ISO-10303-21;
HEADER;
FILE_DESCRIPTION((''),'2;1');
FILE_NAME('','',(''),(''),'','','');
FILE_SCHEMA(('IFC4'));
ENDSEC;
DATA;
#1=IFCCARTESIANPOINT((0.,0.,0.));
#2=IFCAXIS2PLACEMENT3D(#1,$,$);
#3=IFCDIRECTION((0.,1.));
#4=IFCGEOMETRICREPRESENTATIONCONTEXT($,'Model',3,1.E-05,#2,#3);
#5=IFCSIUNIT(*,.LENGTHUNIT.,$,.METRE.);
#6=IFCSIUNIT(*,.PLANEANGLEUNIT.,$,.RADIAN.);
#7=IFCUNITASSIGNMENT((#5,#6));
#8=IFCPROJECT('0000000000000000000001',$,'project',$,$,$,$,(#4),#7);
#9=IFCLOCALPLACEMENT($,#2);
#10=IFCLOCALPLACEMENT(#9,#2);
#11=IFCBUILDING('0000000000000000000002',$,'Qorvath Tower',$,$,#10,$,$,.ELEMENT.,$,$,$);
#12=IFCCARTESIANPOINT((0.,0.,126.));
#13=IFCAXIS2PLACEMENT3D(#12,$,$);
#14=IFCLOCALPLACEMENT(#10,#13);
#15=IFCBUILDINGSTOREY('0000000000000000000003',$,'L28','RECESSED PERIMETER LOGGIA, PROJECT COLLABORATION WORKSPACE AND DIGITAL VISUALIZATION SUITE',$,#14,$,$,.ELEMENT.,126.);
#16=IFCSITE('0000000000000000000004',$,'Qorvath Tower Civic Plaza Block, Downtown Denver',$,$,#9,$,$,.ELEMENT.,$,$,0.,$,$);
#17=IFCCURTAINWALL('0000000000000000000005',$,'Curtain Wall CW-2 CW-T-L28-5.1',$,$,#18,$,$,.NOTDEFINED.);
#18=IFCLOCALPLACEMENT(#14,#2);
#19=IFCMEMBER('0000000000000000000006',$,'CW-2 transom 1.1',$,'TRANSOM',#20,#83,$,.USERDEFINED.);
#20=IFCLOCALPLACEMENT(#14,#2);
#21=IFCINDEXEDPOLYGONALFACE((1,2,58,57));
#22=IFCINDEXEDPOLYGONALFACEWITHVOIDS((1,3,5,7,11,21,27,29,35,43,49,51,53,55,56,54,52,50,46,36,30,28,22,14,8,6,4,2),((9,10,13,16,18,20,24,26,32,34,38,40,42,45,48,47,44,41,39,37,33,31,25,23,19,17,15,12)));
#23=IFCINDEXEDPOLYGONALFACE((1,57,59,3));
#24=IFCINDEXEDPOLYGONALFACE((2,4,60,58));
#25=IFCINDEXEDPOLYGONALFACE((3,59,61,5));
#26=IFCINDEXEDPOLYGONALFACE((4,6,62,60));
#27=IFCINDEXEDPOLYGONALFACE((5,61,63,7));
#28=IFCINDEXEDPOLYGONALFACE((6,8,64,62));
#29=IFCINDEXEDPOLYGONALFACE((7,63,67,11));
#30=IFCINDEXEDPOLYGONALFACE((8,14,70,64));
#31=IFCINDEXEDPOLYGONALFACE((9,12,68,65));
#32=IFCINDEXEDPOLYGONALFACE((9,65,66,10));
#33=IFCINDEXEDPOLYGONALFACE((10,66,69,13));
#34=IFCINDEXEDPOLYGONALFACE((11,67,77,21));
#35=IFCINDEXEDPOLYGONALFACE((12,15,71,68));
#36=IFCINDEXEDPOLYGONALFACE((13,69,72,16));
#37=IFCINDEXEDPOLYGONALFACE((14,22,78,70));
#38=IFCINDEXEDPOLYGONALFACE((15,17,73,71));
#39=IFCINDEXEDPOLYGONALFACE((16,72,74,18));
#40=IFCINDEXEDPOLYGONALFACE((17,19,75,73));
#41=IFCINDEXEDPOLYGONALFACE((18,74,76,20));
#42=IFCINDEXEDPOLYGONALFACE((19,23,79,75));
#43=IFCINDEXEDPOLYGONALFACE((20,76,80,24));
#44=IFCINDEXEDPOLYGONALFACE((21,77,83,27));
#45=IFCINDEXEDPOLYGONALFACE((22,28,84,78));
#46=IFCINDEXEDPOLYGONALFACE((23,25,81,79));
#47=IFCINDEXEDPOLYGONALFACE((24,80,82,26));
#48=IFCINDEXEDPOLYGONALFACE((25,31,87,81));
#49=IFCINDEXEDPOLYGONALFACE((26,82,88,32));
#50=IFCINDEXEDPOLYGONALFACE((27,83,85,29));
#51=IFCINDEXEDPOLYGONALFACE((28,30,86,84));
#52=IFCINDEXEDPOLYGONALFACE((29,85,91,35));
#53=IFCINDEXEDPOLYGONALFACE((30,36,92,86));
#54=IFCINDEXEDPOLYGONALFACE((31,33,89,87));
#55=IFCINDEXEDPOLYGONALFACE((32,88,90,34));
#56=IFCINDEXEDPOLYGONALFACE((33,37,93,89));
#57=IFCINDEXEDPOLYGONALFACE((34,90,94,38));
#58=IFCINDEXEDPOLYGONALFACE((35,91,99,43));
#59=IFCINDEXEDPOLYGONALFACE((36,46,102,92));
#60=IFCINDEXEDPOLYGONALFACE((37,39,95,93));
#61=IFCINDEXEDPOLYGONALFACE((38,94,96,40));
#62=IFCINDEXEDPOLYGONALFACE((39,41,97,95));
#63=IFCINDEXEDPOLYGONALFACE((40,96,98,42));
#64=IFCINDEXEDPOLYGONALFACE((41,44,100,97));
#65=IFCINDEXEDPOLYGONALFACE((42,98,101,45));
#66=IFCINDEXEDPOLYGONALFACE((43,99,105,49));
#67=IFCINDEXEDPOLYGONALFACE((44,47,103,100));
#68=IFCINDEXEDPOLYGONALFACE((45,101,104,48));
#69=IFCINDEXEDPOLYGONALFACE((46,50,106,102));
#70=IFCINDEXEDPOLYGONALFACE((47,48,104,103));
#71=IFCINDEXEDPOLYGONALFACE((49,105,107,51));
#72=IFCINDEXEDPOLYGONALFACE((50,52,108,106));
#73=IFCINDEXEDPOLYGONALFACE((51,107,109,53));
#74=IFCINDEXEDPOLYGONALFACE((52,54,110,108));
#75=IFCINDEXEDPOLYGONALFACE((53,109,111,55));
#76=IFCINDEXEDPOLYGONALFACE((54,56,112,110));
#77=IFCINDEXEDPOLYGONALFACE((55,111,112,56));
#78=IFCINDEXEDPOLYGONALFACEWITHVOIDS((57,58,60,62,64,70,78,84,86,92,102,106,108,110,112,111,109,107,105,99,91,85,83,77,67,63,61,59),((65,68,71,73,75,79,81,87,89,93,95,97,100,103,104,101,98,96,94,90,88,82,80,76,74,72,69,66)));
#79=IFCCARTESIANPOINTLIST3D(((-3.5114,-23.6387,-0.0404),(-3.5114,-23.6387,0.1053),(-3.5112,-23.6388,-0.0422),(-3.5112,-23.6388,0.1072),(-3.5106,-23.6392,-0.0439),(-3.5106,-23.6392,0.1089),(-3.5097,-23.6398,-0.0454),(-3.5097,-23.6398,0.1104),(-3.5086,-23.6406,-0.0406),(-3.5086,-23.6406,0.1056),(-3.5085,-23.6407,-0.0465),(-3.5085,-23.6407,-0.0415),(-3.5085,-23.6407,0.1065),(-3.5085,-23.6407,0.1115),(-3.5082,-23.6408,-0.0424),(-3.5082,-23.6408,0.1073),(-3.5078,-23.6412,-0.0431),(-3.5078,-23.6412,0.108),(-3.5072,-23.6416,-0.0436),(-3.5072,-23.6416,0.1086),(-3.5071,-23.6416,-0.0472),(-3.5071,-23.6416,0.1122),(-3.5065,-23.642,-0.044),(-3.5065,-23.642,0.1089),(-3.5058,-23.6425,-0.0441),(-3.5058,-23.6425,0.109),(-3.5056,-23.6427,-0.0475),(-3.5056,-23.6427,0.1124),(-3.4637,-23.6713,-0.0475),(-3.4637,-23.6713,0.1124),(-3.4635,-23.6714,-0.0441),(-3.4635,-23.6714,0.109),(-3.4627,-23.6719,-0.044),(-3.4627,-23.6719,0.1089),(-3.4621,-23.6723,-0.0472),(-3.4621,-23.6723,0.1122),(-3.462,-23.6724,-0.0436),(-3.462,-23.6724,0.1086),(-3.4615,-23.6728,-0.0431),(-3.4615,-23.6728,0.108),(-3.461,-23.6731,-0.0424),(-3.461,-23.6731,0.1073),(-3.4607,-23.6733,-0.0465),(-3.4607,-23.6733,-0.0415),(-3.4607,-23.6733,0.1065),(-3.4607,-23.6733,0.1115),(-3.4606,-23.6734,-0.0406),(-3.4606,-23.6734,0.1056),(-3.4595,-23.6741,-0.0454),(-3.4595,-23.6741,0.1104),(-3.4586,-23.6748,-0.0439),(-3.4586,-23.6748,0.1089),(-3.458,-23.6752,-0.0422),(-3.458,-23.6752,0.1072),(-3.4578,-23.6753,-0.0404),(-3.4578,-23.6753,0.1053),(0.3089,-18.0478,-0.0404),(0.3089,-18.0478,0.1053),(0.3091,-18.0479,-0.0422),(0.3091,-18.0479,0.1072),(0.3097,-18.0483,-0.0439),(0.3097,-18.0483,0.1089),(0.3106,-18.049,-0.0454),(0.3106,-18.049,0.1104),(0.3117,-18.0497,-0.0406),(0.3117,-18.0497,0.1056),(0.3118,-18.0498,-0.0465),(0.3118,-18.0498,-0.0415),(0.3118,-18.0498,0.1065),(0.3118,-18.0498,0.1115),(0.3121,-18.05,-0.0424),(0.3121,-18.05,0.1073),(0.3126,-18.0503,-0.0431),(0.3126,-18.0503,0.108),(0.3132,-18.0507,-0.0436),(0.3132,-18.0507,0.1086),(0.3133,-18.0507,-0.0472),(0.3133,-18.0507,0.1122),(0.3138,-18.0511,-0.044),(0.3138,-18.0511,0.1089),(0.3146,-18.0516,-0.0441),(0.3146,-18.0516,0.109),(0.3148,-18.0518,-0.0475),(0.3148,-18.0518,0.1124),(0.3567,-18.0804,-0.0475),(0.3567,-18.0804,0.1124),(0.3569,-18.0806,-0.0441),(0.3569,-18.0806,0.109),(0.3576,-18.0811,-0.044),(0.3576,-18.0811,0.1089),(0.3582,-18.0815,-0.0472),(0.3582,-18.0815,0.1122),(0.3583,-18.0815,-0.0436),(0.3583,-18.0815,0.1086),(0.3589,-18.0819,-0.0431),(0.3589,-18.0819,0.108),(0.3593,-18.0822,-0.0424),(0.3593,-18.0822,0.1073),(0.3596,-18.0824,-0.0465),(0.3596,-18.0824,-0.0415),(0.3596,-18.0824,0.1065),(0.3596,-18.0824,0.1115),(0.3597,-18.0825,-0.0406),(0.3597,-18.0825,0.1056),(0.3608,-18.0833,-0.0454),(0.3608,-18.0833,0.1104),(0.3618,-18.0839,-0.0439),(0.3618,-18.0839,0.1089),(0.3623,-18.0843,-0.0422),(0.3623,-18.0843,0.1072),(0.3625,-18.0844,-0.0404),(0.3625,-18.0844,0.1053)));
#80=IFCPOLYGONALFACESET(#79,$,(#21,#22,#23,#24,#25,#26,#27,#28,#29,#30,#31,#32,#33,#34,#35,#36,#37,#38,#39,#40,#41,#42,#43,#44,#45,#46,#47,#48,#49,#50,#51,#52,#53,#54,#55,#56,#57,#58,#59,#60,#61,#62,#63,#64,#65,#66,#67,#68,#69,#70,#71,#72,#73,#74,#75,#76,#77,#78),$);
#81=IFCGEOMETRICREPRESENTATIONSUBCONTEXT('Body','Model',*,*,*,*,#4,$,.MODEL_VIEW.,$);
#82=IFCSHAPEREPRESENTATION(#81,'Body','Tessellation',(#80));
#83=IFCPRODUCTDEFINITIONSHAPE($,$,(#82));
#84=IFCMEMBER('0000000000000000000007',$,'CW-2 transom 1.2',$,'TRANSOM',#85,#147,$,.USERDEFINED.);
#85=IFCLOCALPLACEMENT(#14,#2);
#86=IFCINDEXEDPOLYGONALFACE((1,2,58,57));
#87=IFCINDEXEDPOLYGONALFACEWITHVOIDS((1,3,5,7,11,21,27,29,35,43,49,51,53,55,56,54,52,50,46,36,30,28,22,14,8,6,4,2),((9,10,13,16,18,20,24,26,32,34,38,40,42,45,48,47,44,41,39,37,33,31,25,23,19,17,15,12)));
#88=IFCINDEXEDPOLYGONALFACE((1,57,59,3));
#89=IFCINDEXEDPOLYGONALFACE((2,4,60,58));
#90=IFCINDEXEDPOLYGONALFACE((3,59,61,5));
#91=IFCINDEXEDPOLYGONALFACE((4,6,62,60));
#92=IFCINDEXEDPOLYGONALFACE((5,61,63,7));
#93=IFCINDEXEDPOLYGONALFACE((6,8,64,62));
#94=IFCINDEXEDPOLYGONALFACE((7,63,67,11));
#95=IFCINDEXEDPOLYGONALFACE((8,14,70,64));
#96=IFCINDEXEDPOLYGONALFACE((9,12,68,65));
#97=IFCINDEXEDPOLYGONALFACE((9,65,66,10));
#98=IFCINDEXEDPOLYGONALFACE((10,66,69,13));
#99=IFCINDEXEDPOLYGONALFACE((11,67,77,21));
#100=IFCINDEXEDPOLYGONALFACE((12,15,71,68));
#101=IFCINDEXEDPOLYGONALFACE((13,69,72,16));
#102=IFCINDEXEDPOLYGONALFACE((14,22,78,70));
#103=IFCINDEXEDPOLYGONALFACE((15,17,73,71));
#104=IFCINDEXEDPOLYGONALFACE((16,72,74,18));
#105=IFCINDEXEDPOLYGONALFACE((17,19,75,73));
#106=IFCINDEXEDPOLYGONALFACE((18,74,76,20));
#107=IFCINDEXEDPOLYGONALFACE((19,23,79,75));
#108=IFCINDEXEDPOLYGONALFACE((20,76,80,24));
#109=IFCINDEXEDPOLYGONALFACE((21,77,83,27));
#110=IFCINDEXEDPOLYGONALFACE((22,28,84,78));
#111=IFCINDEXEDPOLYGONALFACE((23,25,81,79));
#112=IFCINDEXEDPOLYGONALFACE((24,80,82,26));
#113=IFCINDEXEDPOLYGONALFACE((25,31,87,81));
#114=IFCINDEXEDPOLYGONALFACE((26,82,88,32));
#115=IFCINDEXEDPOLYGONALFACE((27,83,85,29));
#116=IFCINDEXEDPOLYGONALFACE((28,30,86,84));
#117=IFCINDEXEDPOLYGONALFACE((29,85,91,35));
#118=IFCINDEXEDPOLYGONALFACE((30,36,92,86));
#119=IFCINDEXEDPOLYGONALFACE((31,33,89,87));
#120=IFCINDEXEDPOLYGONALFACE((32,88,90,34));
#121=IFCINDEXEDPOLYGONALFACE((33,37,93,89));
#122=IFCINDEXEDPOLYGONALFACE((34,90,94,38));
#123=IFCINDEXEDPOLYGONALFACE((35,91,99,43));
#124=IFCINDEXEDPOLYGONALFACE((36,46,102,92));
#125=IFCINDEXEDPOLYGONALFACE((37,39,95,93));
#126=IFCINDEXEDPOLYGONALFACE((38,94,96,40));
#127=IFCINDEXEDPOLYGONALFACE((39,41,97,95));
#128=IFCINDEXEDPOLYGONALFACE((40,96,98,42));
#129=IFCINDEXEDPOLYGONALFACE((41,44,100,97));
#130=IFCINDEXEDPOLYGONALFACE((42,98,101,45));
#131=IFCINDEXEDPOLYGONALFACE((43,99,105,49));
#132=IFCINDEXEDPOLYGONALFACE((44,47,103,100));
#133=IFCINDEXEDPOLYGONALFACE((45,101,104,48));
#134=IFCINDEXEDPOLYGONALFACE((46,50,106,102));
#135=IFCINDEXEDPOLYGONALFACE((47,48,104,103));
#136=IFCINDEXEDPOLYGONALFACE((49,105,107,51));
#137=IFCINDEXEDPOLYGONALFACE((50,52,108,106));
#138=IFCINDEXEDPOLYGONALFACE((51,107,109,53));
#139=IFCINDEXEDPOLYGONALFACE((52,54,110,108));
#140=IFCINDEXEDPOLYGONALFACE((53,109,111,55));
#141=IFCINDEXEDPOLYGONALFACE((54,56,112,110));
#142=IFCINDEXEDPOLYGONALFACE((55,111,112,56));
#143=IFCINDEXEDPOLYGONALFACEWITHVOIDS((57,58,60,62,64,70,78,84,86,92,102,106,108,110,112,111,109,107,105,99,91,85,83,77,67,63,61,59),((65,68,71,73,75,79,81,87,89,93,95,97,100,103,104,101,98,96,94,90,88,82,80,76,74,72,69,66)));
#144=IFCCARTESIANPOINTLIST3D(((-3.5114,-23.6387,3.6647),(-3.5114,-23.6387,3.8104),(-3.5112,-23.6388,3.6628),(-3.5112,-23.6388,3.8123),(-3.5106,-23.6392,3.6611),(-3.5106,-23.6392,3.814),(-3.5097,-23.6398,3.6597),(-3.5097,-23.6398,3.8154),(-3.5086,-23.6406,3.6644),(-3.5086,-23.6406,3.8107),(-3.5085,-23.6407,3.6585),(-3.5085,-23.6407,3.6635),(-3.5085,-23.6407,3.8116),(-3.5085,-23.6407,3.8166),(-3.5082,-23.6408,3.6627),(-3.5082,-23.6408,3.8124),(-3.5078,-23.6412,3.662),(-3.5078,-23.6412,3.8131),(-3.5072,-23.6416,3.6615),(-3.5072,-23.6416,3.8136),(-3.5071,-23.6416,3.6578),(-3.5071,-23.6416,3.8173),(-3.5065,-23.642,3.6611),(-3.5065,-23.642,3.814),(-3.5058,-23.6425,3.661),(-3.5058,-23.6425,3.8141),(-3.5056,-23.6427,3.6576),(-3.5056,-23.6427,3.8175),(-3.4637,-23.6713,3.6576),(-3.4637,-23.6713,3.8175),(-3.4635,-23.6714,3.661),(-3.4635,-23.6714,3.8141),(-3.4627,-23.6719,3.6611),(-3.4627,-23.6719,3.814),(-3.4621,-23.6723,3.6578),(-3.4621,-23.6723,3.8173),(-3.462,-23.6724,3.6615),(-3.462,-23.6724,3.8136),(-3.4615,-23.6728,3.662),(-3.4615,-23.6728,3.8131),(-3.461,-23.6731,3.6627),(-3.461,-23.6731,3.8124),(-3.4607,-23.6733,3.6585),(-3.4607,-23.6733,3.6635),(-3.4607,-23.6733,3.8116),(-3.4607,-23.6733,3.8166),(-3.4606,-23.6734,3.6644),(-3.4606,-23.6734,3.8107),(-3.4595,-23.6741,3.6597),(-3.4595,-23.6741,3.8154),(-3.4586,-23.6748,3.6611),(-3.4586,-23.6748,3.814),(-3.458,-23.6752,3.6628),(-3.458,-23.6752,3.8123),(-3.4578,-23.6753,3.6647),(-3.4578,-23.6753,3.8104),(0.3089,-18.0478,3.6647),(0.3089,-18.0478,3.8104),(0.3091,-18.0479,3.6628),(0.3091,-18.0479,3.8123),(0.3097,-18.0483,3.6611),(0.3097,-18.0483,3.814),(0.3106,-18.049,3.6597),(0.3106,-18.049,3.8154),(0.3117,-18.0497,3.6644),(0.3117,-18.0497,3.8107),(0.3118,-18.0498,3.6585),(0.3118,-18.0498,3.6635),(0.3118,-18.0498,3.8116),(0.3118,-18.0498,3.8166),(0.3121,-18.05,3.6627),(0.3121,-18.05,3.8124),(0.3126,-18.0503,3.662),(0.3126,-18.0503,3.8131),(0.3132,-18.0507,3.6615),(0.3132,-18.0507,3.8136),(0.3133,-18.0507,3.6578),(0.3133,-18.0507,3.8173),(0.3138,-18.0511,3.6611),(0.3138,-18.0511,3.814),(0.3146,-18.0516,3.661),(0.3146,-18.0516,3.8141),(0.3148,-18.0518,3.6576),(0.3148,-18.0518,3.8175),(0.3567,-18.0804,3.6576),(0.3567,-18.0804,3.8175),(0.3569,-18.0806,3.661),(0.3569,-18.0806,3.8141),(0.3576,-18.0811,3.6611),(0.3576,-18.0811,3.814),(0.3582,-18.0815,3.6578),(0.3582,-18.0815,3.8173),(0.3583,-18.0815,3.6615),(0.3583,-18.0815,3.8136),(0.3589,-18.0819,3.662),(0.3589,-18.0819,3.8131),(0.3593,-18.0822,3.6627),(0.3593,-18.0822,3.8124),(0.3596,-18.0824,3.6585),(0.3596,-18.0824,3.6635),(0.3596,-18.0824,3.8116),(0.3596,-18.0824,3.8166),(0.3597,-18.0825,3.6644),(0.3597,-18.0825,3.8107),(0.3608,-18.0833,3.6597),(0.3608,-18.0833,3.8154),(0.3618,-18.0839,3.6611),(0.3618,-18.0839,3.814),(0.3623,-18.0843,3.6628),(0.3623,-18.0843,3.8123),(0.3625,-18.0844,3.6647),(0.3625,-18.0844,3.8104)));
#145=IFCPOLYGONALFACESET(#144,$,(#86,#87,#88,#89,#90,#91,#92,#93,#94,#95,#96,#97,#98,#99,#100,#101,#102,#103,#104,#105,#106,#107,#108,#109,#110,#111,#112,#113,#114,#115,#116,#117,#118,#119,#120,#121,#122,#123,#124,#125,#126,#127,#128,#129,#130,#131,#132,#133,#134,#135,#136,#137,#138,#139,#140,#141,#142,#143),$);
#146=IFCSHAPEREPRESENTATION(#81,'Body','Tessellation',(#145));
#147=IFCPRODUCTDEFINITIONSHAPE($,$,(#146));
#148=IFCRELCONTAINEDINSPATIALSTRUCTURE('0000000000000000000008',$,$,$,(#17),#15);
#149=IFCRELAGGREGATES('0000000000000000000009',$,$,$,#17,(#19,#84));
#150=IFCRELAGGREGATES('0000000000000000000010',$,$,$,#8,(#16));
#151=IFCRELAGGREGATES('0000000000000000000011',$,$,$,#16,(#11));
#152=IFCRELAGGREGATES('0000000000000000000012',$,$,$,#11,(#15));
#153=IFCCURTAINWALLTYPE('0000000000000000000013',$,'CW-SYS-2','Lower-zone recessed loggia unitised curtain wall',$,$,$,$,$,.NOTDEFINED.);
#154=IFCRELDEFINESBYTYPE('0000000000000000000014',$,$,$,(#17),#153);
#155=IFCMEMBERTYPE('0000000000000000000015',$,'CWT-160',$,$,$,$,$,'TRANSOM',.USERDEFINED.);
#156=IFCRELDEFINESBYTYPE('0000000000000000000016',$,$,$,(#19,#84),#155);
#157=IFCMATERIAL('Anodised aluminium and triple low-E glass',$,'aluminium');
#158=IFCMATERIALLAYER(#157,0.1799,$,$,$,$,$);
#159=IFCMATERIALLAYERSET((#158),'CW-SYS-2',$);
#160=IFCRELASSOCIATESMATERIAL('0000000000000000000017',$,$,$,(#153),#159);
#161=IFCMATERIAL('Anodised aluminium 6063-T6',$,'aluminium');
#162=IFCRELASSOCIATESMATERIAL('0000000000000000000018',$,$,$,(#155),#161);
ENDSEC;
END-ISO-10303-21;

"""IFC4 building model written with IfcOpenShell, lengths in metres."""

from ifc_helpers import new_model, si_unit, direction, frame, origin, origin_2d, place, context, subcontext, project, spatial, hollow_rectangle, extrude, material, layer, layer_set, material_profile, profile_set, type_object, element, aggregate, save


model = new_model("IFC4")

# Units and contexts
model_context = context("Model", 3, precision=1e-05, world=origin(), true_north=direction((0.0, 1.0)))
body_context = subcontext(model_context, "Body", "Model", "MODEL_VIEW")
ifc_project = project(units=[si_unit("LENGTHUNIT", "METRE"), si_unit("PLANEANGLEUNIT", "RADIAN")], contexts=[model_context])

# Site, building, storey
site_placement = place(None, origin())
site = spatial("IfcSite", under=ifc_project, at=site_placement, Name="Qorvath Tower Civic Plaza Block, Downtown Denver", CompositionType="ELEMENT", RefElevation=0.0)
building_placement = place(site_placement, origin())
building = spatial("IfcBuilding", under=site, at=building_placement, Name="Qorvath Tower", CompositionType="ELEMENT")
storey_placement = place(building_placement, frame((0.0, 0.0, 126.0)))
storey = spatial("IfcBuildingStorey", under=building, at=storey_placement, Name="L28", Description="RECESSED PERIMETER LOGGIA, PROJECT COLLABORATION WORKSPACE AND DIGITAL VISUALIZATION SUITE", CompositionType="ELEMENT", Elevation=126.0)

# Curtain wall
ifc_material_1 = material(Name="Anodised aluminium and triple low-E glass", Category="aluminium")
ifc_layer_1 = layer(ifc_material_1, 0.1799)
ifc_layer_set_1 = layer_set([ifc_layer_1], Name="CW-SYS-2")
curtain_wall_type = type_object("IfcCurtainWallType", Name="CW-SYS-2", Description="Lower-zone recessed loggia unitised curtain wall", PredefinedType="NOTDEFINED", material=ifc_layer_set_1)
curtain_wall_1_placement = place(storey_placement, origin())
curtain_wall_1 = element("IfcCurtainWall", 1, at=curtain_wall_1_placement, inside=storey, type_object=curtain_wall_type, Name="Curtain Wall CW-2 CW-T-L28-5.1", PredefinedType="NOTDEFINED")

# Members
ifc_material_2 = material(Name="Anodised aluminium 6063-T6", Category="aluminium")
ifc_material_profile_1 = material_profile(ifc_material_2, hollow_rectangle(XDim=0.0649, YDim=0.1599, WallThickness=0.0034, InnerFilletRadius=0.0034, OuterFilletRadius=0.0071, at=origin_2d()), Name="CWT 160x65")
ifc_profile_set_1 = profile_set([ifc_material_profile_1], Name="Anodised aluminium 6063-T6")
member_type_1 = type_object("IfcMemberType", Name="CWT-160", ElementType="TRANSOM", PredefinedType="USERDEFINED", material=ifc_profile_set_1)
member_1_placement = place(storey_placement, frame((-3.4846, -23.657, 0.0325), z_axis=(0.564182, 0.82565, 0.0), x_axis=(-0.82565, 0.564182, 0.0)))
member_1 = element("IfcMember", 2, at=member_1_placement, type_object=member_type_1, Name="CW-2 transom 1.1", ObjectType="TRANSOM", PredefinedType="USERDEFINED", context=body_context, shape_type="SweptSolid", body=[
    extrude(hollow_rectangle(XDim=0.0649, YDim=0.1599, WallThickness=0.0034, InnerFilletRadius=0.0034, OuterFilletRadius=0.0071, at=origin_2d()), origin(), (0.0, 0.0, 1.0), 6.7715),
])
member_2_placement = place(storey_placement, frame((-3.4846, -23.657, 3.7375), z_axis=(0.564182, 0.82565, 0.0), x_axis=(-0.82565, 0.564182, 0.0)))
member_2 = element("IfcMember", 3, at=member_2_placement, type_object=member_type_1, Name="CW-2 transom 1.2", ObjectType="TRANSOM", PredefinedType="USERDEFINED", context=body_context, shape_type="SweptSolid", body=[
    extrude(hollow_rectangle(XDim=0.0649, YDim=0.1599, WallThickness=0.0034, InnerFilletRadius=0.0034, OuterFilletRadius=0.0071, at=origin_2d()), origin(), (0.0, 0.0, 1.0), 6.7715),
])

aggregate(curtain_wall_1, [member_1, member_2])

save(model, "model.ifc")
